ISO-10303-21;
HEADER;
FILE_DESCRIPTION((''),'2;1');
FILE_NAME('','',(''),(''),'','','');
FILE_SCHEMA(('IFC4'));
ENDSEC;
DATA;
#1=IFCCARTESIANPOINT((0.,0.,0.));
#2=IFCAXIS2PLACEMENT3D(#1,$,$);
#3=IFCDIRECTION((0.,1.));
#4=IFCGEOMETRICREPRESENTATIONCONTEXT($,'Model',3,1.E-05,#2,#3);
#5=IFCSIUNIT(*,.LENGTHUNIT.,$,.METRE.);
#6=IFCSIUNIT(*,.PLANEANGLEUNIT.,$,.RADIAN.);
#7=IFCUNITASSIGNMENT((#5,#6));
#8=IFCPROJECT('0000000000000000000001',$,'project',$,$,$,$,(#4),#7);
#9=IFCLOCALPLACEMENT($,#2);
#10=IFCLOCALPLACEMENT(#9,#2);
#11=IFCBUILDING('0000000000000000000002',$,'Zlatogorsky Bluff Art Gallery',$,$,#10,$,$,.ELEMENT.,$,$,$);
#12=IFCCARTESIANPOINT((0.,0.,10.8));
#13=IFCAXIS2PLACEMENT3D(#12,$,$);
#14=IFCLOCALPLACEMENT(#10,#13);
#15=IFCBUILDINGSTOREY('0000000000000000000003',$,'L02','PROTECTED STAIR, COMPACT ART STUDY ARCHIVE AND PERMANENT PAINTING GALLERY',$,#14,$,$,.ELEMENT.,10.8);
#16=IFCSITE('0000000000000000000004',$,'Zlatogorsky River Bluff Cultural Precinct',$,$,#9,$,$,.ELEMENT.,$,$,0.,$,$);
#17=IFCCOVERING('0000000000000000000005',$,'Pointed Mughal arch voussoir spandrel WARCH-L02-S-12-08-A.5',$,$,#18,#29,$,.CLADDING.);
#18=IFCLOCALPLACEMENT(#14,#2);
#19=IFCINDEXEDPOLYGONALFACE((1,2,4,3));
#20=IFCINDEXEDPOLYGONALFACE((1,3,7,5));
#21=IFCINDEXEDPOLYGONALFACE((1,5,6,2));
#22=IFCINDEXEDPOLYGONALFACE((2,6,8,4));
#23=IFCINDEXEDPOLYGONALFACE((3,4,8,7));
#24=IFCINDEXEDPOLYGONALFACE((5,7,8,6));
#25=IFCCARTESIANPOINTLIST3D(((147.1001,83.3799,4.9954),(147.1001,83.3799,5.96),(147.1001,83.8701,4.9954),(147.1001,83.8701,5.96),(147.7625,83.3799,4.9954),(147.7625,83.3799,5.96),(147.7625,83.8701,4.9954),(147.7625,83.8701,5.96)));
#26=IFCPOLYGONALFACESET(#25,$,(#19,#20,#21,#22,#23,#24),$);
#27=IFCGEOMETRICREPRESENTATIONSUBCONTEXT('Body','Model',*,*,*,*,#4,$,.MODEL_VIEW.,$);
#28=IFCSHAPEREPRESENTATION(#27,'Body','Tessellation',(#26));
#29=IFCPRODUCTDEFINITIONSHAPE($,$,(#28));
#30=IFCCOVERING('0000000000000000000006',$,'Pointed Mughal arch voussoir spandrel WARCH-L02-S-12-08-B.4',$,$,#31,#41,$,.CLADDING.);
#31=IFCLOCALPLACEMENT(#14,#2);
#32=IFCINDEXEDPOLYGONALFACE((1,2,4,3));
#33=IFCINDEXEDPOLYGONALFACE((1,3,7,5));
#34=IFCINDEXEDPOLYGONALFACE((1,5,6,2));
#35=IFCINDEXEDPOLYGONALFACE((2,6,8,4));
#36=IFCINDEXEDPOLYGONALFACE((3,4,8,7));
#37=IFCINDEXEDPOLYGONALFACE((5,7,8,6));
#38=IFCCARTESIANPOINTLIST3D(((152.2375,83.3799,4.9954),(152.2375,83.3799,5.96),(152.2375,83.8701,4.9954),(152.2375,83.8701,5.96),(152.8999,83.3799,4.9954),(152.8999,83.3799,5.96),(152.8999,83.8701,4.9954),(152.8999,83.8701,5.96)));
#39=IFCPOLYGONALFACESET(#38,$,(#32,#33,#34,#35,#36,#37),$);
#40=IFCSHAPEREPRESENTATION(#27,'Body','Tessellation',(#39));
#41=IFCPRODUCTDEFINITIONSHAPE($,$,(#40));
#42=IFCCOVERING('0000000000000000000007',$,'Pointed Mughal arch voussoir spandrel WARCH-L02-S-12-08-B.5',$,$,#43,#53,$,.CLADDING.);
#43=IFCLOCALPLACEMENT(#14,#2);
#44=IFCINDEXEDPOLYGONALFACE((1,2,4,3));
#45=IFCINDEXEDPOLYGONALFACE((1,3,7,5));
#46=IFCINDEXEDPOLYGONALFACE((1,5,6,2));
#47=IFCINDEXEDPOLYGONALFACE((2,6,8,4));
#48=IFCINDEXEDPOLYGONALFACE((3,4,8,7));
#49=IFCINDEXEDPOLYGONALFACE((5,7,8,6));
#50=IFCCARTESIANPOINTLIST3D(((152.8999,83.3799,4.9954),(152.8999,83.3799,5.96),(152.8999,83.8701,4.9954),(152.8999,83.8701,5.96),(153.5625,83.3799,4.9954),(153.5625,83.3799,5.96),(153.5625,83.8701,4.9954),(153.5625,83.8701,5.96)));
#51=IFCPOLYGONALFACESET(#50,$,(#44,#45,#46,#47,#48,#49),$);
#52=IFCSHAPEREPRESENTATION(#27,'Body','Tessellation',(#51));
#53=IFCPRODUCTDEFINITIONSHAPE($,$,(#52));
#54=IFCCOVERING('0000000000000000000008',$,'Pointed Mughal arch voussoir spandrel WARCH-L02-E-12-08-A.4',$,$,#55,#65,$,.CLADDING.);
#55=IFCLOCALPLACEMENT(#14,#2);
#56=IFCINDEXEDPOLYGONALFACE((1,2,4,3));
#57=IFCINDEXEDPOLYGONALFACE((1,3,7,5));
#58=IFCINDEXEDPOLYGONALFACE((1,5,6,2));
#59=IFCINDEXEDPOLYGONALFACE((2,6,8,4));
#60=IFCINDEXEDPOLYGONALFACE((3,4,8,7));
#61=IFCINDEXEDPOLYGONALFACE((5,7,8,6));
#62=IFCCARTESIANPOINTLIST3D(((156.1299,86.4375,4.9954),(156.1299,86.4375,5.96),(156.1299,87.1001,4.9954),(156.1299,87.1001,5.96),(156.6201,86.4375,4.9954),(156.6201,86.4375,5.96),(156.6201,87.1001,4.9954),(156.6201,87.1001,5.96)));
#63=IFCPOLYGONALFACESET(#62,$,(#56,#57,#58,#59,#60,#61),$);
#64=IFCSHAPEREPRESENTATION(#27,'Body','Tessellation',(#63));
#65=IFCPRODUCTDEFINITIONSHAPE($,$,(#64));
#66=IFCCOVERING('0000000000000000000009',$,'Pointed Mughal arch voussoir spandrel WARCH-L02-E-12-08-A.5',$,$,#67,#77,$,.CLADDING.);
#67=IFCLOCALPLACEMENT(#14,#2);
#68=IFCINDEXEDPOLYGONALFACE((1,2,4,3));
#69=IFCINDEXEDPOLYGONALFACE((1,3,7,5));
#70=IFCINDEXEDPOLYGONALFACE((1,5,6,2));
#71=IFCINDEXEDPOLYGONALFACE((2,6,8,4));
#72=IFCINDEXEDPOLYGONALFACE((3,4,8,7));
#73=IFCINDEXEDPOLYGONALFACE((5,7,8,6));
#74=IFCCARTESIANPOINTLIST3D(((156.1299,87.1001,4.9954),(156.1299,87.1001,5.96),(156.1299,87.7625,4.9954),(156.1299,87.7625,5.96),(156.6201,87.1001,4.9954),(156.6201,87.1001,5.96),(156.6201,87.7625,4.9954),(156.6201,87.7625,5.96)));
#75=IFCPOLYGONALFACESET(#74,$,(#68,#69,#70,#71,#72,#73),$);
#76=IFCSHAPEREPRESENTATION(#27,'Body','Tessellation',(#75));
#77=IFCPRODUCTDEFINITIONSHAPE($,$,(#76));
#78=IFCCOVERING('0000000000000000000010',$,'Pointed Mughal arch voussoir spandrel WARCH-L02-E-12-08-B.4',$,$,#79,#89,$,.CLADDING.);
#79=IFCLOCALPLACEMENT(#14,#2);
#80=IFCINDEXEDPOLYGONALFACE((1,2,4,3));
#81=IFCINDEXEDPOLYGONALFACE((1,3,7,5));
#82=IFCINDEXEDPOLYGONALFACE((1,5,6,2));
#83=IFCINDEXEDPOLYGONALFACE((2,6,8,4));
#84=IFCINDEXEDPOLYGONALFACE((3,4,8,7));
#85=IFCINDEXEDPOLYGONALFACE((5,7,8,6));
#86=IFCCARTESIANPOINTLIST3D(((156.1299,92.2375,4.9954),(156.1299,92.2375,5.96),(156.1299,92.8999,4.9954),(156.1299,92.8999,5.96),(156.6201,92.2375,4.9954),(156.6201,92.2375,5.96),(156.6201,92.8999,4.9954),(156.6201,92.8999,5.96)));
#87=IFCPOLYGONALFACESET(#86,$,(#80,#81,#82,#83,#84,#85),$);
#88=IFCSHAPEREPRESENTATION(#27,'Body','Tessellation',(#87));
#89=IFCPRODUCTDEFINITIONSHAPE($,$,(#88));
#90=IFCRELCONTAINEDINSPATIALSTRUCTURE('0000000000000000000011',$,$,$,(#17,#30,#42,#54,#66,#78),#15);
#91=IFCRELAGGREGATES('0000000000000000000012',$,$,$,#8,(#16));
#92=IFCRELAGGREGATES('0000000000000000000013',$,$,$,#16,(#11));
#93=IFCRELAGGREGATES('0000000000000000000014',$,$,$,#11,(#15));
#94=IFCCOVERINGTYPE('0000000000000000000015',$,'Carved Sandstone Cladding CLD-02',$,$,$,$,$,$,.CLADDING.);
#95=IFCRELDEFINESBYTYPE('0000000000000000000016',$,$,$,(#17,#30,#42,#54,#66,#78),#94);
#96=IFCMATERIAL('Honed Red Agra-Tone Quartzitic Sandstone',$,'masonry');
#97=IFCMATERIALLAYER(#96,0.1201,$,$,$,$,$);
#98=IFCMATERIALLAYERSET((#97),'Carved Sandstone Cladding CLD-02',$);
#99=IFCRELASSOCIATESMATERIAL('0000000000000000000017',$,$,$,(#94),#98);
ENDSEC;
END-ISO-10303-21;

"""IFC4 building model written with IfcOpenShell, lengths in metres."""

from ifc_helpers import new_model, si_unit, direction, frame, origin, place, context, subcontext, project, spatial, polyline, outline, extrude, material, layer, layer_set, type_object, element, save


model = new_model("IFC4")

# Units and contexts
model_context = context("Model", 3, precision=1e-05, world=origin(), true_north=direction((0.0, 1.0)))
body_context = subcontext(model_context, "Body", "Model", "MODEL_VIEW")
ifc_project = project(units=[si_unit("LENGTHUNIT", "METRE"), si_unit("PLANEANGLEUNIT", "RADIAN")], contexts=[model_context])

# Site, building, storey
site_placement = place(None, origin())
site = spatial("IfcSite", under=ifc_project, at=site_placement, Name="Zlatogorsky River Bluff Cultural Precinct", CompositionType="ELEMENT", RefElevation=0.0)
building_placement = place(site_placement, origin())
building = spatial("IfcBuilding", under=site, at=building_placement, Name="Zlatogorsky Bluff Art Gallery", CompositionType="ELEMENT")
storey_placement = place(building_placement, frame((0.0, 0.0, 10.8)))
storey = spatial("IfcBuildingStorey", under=building, at=storey_placement, Name="L02", Description="PROTECTED STAIR, COMPACT ART STUDY ARCHIVE AND PERMANENT PAINTING GALLERY", CompositionType="ELEMENT", Elevation=10.8)

# Coverings
ifc_material = material(Name="Honed Red Agra-Tone Quartzitic Sandstone", Category="masonry")
ifc_layer = layer(ifc_material, 0.1201)
ifc_layer_set = layer_set([ifc_layer], Name="Carved Sandstone Cladding CLD-02")
covering_type = type_object("IfcCoveringType", Name="Carved Sandstone Cladding CLD-02", PredefinedType="CLADDING", material=ifc_layer_set)
covering_1_placement = place(storey_placement, frame((0.0, 0.0, 4.9954)))
element("IfcCovering", 1, at=covering_1_placement, inside=storey, type_object=covering_type, Name="Pointed Mughal arch voussoir spandrel WARCH-L02-S-12-08-A.5", PredefinedType="CLADDING", context=body_context, shape_type="SweptSolid", body=[
    extrude(outline(polyline([(147.1001, 83.3799), (147.7625, 83.3799), (147.7625, 83.8701), (147.1001, 83.8701), (147.1001, 83.3799)])), origin(), (0.0, 0.0, 1.0), 0.9646),
])
covering_2_placement = place(storey_placement, frame((0.0, 0.0, 4.9954)))
element("IfcCovering", 2, at=covering_2_placement, inside=storey, type_object=covering_type, Name="Pointed Mughal arch voussoir spandrel WARCH-L02-S-12-08-B.4", PredefinedType="CLADDING", context=body_context, shape_type="SweptSolid", body=[
    extrude(outline(polyline([(152.2375, 83.3799), (152.8999, 83.3799), (152.8999, 83.8701), (152.2375, 83.8701), (152.2375, 83.3799)])), origin(), (0.0, 0.0, 1.0), 0.9646),
])
covering_3_placement = place(storey_placement, frame((0.0, 0.0, 4.9954)))
element("IfcCovering", 3, at=covering_3_placement, inside=storey, type_object=covering_type, Name="Pointed Mughal arch voussoir spandrel WARCH-L02-S-12-08-B.5", PredefinedType="CLADDING", context=body_context, shape_type="SweptSolid", body=[
    extrude(outline(polyline([(152.8999, 83.3799), (153.5625, 83.3799), (153.5625, 83.8701), (152.8999, 83.8701), (152.8999, 83.3799)])), origin(), (0.0, 0.0, 1.0), 0.9646),
])
covering_4_placement = place(storey_placement, frame((0.0, 0.0, 4.9954)))
element("IfcCovering", 4, at=covering_4_placement, inside=storey, type_object=covering_type, Name="Pointed Mughal arch voussoir spandrel WARCH-L02-E-12-08-A.4", PredefinedType="CLADDING", context=body_context, shape_type="SweptSolid", body=[
    extrude(outline(polyline([(156.1299, 86.4375), (156.1299, 87.1001), (156.6201, 87.1001), (156.6201, 86.4375), (156.1299, 86.4375)])), origin(), (0.0, 0.0, 1.0), 0.9646),
])
covering_5_placement = place(storey_placement, frame((0.0, 0.0, 4.9954)))
element("IfcCovering", 5, at=covering_5_placement, inside=storey, type_object=covering_type, Name="Pointed Mughal arch voussoir spandrel WARCH-L02-E-12-08-A.5", PredefinedType="CLADDING", context=body_context, shape_type="SweptSolid", body=[
    extrude(outline(polyline([(156.1299, 87.1001), (156.1299, 87.7625), (156.6201, 87.7625), (156.6201, 87.1001), (156.1299, 87.1001)])), origin(), (0.0, 0.0, 1.0), 0.9646),
])
covering_6_placement = place(storey_placement, frame((0.0, 0.0, 4.9954)))
element("IfcCovering", 6, at=covering_6_placement, inside=storey, type_object=covering_type, Name="Pointed Mughal arch voussoir spandrel WARCH-L02-E-12-08-B.4", PredefinedType="CLADDING", context=body_context, shape_type="SweptSolid", body=[
    extrude(outline(polyline([(156.1299, 92.2375), (156.1299, 92.8999), (156.6201, 92.8999), (156.6201, 92.2375), (156.1299, 92.2375)])), origin(), (0.0, 0.0, 1.0), 0.9646),
])

save(model, "model.ifc")
